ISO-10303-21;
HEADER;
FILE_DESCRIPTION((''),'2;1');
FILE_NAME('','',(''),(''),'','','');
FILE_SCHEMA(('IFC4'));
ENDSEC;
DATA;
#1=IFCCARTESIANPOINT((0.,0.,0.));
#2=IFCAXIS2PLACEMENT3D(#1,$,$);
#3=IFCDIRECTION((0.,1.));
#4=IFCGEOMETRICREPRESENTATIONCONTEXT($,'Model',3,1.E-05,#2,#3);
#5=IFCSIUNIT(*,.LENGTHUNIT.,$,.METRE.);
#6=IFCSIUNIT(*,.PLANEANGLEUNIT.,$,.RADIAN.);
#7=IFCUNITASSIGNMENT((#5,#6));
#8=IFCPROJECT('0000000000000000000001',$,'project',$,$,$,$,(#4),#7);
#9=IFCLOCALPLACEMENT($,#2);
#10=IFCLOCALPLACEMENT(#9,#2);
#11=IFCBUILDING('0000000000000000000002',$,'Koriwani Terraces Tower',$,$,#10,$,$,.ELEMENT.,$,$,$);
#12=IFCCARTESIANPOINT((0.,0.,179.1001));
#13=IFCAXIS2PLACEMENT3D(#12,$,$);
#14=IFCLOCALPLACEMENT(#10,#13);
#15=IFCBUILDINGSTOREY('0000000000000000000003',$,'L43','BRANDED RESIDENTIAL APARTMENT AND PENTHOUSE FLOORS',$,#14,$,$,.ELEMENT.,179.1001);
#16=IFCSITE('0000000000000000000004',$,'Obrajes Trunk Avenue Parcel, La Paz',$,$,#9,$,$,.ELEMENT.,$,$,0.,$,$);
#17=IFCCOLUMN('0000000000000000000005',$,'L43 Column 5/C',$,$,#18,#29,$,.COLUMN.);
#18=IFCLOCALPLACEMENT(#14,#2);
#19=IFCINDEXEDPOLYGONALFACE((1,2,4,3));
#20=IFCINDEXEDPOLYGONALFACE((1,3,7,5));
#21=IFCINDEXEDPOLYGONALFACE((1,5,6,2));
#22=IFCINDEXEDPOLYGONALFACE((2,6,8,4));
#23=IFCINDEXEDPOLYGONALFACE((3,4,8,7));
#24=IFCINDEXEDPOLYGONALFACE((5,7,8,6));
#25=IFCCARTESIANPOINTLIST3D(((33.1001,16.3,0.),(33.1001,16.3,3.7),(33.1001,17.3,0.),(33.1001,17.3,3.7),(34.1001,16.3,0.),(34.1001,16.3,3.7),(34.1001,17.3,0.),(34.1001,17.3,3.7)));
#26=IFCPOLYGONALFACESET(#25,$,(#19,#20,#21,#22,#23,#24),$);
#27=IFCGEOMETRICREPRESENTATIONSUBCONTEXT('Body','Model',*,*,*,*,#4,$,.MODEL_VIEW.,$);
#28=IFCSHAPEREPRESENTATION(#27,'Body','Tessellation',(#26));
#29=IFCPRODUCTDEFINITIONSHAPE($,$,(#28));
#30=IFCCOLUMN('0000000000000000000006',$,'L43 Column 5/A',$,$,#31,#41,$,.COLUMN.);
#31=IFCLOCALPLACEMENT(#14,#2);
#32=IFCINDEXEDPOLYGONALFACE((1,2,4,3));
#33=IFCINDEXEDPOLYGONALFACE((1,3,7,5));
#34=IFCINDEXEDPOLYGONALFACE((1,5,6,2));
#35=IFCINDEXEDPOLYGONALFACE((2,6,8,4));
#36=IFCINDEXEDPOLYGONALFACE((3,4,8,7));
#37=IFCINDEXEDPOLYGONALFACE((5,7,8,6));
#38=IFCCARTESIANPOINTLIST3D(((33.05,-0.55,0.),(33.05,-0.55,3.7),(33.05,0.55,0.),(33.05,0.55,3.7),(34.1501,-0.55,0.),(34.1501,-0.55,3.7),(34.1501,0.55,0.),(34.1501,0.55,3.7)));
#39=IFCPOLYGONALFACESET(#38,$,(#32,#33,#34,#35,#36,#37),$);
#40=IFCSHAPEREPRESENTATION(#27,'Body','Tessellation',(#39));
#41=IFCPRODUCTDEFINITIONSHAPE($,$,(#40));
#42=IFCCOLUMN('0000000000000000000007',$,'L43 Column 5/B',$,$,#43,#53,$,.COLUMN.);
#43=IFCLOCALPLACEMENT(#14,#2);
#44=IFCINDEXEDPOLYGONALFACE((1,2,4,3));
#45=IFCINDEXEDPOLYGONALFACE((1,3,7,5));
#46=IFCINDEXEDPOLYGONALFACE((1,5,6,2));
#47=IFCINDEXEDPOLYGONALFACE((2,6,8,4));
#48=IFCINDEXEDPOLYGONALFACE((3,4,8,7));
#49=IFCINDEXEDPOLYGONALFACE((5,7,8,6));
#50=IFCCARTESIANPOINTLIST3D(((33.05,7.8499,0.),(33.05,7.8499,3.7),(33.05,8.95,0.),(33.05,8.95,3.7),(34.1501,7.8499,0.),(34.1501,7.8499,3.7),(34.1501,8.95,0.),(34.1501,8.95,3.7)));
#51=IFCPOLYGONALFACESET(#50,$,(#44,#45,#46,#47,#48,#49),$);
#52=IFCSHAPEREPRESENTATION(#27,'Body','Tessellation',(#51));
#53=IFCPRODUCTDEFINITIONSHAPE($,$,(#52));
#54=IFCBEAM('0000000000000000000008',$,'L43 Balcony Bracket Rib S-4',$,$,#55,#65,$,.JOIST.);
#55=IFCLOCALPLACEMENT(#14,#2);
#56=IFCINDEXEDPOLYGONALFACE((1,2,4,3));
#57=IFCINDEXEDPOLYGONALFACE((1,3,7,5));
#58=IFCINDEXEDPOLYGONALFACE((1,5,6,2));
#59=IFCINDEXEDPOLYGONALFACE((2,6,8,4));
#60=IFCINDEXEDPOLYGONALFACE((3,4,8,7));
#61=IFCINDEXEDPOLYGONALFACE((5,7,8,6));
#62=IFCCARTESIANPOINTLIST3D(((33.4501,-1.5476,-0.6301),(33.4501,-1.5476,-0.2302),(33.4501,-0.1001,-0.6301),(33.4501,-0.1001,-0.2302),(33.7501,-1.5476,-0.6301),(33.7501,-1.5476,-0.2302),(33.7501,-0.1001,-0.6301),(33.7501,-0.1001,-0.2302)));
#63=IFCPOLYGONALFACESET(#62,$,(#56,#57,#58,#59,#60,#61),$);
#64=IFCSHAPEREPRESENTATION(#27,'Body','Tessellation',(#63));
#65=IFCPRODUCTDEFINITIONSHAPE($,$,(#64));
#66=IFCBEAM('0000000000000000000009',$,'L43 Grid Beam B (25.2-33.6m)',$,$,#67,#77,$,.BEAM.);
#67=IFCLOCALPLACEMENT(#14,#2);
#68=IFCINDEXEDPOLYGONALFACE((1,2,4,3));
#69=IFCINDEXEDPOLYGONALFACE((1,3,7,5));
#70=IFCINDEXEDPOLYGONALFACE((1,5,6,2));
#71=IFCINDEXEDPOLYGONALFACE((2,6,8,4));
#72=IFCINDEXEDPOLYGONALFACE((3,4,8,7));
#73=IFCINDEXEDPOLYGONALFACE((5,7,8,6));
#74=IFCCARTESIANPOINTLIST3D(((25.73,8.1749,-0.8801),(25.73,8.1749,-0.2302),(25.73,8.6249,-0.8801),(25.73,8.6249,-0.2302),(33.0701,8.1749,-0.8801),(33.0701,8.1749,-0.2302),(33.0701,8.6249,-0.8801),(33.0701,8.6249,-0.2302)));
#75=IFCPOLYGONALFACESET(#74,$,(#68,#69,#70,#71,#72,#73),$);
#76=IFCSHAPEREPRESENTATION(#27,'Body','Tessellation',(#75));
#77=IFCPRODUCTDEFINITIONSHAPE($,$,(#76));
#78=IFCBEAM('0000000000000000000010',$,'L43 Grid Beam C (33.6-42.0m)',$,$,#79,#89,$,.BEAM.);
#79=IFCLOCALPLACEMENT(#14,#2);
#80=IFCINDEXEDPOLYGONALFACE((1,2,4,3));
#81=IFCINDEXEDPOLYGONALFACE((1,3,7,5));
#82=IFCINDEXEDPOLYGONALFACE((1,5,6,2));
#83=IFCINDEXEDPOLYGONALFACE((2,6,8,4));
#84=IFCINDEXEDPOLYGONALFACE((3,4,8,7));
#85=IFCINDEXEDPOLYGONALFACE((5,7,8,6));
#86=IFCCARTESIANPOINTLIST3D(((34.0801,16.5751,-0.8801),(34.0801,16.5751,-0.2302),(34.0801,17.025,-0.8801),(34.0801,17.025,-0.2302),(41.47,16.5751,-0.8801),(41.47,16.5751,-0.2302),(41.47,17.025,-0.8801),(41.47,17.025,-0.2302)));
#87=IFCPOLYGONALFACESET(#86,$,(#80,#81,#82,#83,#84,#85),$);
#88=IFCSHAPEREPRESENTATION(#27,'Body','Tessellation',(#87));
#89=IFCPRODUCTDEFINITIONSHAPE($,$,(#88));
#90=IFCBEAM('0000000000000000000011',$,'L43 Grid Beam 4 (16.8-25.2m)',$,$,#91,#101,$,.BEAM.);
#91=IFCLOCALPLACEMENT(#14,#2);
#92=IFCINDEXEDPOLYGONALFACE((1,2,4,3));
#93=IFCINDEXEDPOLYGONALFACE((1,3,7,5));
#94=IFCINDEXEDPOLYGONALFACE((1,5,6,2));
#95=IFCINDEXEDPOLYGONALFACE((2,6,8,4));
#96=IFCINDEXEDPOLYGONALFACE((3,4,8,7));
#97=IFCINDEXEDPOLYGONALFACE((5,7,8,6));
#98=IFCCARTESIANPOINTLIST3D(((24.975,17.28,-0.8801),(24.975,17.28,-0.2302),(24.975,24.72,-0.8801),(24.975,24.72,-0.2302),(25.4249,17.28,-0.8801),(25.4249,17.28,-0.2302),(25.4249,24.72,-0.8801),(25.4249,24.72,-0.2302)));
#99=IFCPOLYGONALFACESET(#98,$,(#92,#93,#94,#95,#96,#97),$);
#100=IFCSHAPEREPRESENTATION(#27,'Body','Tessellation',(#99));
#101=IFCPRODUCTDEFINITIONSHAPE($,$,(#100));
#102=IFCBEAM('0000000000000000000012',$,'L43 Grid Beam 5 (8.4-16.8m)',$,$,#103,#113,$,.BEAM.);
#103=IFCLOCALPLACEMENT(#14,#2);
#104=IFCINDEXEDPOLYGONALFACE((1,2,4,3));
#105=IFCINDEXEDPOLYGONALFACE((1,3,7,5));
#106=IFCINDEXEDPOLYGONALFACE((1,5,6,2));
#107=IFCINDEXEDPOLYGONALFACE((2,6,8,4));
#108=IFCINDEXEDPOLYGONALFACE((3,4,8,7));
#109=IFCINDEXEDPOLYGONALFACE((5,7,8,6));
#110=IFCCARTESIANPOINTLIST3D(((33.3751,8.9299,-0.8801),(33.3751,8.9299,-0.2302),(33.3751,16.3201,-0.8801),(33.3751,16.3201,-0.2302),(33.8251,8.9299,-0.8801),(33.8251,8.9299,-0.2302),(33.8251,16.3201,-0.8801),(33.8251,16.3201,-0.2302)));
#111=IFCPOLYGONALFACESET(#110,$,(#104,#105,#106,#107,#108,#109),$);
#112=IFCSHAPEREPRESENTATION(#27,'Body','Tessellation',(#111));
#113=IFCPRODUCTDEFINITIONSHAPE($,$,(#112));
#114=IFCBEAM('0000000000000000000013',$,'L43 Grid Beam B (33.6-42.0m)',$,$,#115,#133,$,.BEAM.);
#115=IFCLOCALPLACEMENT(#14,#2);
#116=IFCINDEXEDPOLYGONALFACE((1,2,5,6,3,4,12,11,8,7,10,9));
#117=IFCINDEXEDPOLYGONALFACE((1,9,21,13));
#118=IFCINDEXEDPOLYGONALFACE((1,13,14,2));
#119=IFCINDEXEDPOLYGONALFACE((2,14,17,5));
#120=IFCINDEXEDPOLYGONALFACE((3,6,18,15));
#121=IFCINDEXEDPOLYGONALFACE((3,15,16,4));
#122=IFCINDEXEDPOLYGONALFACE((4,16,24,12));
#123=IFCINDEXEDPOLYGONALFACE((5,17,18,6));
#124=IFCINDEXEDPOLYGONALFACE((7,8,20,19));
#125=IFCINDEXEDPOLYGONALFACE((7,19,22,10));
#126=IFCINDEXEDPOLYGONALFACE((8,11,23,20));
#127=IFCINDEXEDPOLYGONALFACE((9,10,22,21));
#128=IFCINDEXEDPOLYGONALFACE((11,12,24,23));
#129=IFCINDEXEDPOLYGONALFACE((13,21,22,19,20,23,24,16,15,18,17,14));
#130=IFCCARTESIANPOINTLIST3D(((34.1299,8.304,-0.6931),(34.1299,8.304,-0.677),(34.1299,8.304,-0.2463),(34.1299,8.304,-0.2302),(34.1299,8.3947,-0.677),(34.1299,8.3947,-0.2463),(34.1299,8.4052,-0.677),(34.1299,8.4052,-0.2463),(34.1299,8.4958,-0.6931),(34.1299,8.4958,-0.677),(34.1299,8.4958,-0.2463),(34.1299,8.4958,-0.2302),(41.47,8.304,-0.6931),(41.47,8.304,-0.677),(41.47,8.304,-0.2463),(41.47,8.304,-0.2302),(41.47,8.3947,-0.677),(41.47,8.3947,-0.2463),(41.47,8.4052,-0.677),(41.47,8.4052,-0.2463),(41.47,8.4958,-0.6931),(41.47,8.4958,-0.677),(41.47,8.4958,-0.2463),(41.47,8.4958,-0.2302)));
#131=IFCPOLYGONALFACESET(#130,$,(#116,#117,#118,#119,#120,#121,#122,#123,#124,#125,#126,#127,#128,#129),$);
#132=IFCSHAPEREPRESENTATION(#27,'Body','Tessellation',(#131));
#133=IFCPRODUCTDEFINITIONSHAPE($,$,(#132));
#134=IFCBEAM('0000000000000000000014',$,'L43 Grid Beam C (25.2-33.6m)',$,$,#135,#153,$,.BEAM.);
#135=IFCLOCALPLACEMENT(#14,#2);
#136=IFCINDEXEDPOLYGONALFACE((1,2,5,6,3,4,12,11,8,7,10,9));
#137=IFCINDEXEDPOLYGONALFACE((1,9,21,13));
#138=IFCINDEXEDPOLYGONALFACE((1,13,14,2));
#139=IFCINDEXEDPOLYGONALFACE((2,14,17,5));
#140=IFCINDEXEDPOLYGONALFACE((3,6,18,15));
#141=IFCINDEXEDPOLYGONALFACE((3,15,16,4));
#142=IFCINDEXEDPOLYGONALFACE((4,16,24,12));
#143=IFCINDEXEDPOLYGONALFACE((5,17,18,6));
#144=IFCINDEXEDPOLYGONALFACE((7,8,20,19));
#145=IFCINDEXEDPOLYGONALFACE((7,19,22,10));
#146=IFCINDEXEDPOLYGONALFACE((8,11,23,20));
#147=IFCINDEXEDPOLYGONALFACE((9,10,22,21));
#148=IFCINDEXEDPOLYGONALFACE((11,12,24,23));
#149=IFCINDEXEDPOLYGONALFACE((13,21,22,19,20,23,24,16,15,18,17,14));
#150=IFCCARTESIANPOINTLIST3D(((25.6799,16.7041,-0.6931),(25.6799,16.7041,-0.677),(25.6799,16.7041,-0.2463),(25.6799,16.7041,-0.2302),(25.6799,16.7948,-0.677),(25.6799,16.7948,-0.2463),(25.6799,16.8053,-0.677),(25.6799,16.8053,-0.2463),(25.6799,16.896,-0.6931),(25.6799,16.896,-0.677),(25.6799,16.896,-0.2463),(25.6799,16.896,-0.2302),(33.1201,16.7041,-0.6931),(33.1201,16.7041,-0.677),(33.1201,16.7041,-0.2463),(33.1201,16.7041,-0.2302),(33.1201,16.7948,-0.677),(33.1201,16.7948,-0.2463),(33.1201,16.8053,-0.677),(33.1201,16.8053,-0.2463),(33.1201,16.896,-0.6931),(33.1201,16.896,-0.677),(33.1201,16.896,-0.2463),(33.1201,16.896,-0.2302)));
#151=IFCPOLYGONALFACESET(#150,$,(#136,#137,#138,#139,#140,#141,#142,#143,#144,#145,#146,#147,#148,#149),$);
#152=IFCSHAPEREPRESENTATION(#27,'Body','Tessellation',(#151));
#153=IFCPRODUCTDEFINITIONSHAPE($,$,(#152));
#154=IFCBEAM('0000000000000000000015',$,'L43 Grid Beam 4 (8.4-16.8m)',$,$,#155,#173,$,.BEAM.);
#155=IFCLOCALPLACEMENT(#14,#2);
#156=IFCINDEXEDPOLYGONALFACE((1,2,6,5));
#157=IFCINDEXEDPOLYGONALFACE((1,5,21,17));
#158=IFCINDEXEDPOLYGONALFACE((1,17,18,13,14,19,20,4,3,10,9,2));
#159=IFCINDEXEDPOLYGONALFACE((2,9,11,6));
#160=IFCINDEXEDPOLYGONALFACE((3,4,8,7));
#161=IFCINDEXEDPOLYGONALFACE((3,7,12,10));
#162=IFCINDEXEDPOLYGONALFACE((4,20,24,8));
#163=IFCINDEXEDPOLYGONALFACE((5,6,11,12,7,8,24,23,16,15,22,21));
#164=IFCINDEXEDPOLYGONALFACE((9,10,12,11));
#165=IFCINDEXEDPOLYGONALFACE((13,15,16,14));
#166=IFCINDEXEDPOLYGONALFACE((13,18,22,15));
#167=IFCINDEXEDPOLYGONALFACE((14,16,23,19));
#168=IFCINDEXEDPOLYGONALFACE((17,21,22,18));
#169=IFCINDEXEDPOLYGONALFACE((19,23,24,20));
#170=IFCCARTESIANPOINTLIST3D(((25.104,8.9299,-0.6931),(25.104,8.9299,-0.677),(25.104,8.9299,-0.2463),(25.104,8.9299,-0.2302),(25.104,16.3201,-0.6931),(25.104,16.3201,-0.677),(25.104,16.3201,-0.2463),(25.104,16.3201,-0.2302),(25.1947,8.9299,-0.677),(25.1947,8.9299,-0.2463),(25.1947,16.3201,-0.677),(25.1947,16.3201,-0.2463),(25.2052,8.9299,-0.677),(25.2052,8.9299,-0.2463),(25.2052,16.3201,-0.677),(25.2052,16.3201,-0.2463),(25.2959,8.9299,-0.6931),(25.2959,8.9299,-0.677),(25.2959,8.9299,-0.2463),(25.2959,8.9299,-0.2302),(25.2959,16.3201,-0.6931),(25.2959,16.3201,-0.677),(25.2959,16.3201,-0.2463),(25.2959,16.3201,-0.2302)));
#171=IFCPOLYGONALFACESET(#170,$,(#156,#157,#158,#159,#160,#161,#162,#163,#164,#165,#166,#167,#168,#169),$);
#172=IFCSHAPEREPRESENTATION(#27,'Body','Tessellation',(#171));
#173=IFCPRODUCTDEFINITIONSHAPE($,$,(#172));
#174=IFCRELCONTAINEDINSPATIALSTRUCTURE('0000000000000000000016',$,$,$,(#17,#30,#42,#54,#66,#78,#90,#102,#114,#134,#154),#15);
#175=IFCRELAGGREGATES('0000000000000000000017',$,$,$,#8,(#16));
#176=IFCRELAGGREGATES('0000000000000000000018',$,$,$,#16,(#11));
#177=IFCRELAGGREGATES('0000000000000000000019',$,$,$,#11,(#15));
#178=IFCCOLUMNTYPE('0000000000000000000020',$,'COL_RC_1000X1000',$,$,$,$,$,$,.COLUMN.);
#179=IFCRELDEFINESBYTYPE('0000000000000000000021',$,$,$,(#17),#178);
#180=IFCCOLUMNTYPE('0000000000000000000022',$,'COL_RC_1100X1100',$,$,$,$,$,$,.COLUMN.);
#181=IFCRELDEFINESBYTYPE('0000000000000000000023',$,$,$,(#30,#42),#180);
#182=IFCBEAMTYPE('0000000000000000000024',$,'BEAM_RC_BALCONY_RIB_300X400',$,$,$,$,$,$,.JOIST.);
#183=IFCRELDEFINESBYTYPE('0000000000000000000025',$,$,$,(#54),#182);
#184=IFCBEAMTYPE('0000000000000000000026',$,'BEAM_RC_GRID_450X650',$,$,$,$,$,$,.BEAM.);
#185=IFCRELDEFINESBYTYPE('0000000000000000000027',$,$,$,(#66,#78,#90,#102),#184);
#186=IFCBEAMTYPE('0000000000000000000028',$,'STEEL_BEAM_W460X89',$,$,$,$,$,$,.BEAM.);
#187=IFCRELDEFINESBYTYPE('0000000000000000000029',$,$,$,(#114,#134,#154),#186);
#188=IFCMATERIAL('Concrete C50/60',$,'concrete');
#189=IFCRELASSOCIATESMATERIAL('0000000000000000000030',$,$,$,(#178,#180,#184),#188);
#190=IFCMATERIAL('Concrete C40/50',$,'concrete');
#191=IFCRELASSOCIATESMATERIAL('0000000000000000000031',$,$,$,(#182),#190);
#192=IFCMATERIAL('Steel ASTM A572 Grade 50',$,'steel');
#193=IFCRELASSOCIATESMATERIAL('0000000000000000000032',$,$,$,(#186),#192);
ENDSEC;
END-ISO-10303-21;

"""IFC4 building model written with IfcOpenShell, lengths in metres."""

from ifc_helpers import new_model, si_unit, direction, frame, origin, origin_2d, place, context, subcontext, project, spatial, rectangle, i_section, extrude, material, material_profile, profile_set, type_object, element, save


model = new_model("IFC4")

# Units and contexts
model_context = context("Model", 3, precision=1e-05, world=origin(), true_north=direction((0.0, 1.0)))
body_context = subcontext(model_context, "Body", "Model", "MODEL_VIEW")
ifc_project = project(units=[si_unit("LENGTHUNIT", "METRE"), si_unit("PLANEANGLEUNIT", "RADIAN")], contexts=[model_context])

# Site, building, storey
site_placement = place(None, origin())
site = spatial("IfcSite", under=ifc_project, at=site_placement, Name="Obrajes Trunk Avenue Parcel, La Paz", CompositionType="ELEMENT", RefElevation=0.0)
building_placement = place(site_placement, origin())
building = spatial("IfcBuilding", under=site, at=building_placement, Name="Koriwani Terraces Tower", CompositionType="ELEMENT")
storey_placement = place(building_placement, frame((0.0, 0.0, 179.1001)))
storey = spatial("IfcBuildingStorey", under=building, at=storey_placement, Name="L43", Description="BRANDED RESIDENTIAL APARTMENT AND PENTHOUSE FLOORS", CompositionType="ELEMENT", Elevation=179.1001)

# Columns
ifc_material_1 = material(Name="Concrete C50/60", Category="concrete")
ifc_material_profile_1 = material_profile(ifc_material_1, rectangle(XDim=1.0, YDim=1.0, at=origin_2d()), Name="Concrete C50/60", Category="LoadBearing")
ifc_profile_set_1 = profile_set([ifc_material_profile_1], Name="Concrete C50/60")
column_type_1 = type_object("IfcColumnType", Name="COL_RC_1000X1000", PredefinedType="COLUMN", material=ifc_profile_set_1)
column_placement = place(storey_placement, frame((33.6001, 16.8, 0.0), z_axis=(0.0, 0.0, 1.0), x_axis=(1.0, 0.0, 0.0)))
element("IfcColumn", 1, at=column_placement, inside=storey, type_object=column_type_1, Name="L43 Column 5/C", PredefinedType="COLUMN", context=body_context, shape_type="SweptSolid", body=[
    extrude(rectangle(XDim=1.0, YDim=1.0, at=origin_2d()), origin(), (0.0, 0.0, 1.0), 3.7),
])
ifc_material_profile_2 = material_profile(ifc_material_1, rectangle(XDim=1.1001, YDim=1.1001, at=origin_2d()), Name="Concrete C50/60", Category="LoadBearing")
ifc_profile_set_2 = profile_set([ifc_material_profile_2], Name="Concrete C50/60")
column_type_2 = type_object("IfcColumnType", Name="COL_RC_1100X1100", PredefinedType="COLUMN", material=ifc_profile_set_2)
for number, where, z_axis, x_axis, name in (
    (2, (33.6001, 0.0, 0.0), (0.0, 0.0, 1.0), (1.0, 0.0, 0.0), "L43 Column 5/A"),
    (3, (33.6001, 8.3999, 0.0), (0.0, 0.0, 1.0), (1.0, 0.0, 0.0), "L43 Column 5/B"),
):
    element("IfcColumn", number, at=place(storey_placement, frame(where, z_axis=z_axis, x_axis=x_axis)), inside=storey, type_object=column_type_2, Name=name, PredefinedType="COLUMN", context=body_context, shape_type="SweptSolid", body=[
        extrude(rectangle(XDim=1.1001, YDim=1.1001, at=origin_2d()), origin(), (0.0, 0.0, 1.0), 3.7),
    ])

# Beams
ifc_material_2 = material(Name="Concrete C40/50", Category="concrete")
ifc_material_profile_3 = material_profile(ifc_material_2, rectangle(XDim=0.3, YDim=0.3999, at=origin_2d()), Name="Concrete C40/50", Category="LoadBearing")
ifc_profile_set_3 = profile_set([ifc_material_profile_3], Name="Concrete C40/50")
beam_type_1 = type_object("IfcBeamType", Name="BEAM_RC_BALCONY_RIB_300X400", PredefinedType="JOIST", material=ifc_profile_set_3)
beam_1_placement = place(storey_placement, frame((33.6001, -1.5476, -0.4302), z_axis=(0.0, 1.0, 0.0), x_axis=(-1.0, 0.0, 0.0)))
element("IfcBeam", 4, at=beam_1_placement, inside=storey, type_object=beam_type_1, Name="L43 Balcony Bracket Rib S-4", PredefinedType="JOIST", context=body_context, shape_type="SweptSolid", body=[
    extrude(rectangle(XDim=0.3, YDim=0.3999, at=origin_2d()), origin(), (0.0, 0.0, 1.0), 1.4475),
])
ifc_material_profile_4 = material_profile(ifc_material_1, rectangle(XDim=0.45, YDim=0.6499, at=origin_2d()), Name="Concrete C50/60", Category="LoadBearing")
ifc_profile_set_4 = profile_set([ifc_material_profile_4], Name="Concrete C50/60")
beam_type_2 = type_object("IfcBeamType", Name="BEAM_RC_GRID_450X650", PredefinedType="BEAM", material=ifc_profile_set_4)
beam_2_placement = place(storey_placement, frame((25.73, 8.3999, -0.5552), z_axis=(1.0, 0.0, 0.0), x_axis=(0.0, 1.0, 0.0)))
element("IfcBeam", 5, at=beam_2_placement, inside=storey, type_object=beam_type_2, Name="L43 Grid Beam B (25.2-33.6m)", PredefinedType="BEAM", context=body_context, shape_type="SweptSolid", body=[
    extrude(rectangle(XDim=0.45, YDim=0.6499, at=origin_2d()), origin(), (0.0, 0.0, 1.0), 7.3401),
])
beam_3_placement = place(storey_placement, frame((34.0801, 16.8, -0.5552), z_axis=(1.0, 0.0, 0.0), x_axis=(0.0, 1.0, 0.0)))
element("IfcBeam", 6, at=beam_3_placement, inside=storey, type_object=beam_type_2, Name="L43 Grid Beam C (33.6-42.0m)", PredefinedType="BEAM", context=body_context, shape_type="SweptSolid", body=[
    extrude(rectangle(XDim=0.45, YDim=0.6499, at=origin_2d()), origin(), (0.0, 0.0, 1.0), 7.3899),
])
beam_4_placement = place(storey_placement, frame((25.2, 17.28, -0.5552), z_axis=(0.0, 1.0, 0.0), x_axis=(-1.0, 0.0, 0.0)))
element("IfcBeam", 7, at=beam_4_placement, inside=storey, type_object=beam_type_2, Name="L43 Grid Beam 4 (16.8-25.2m)", PredefinedType="BEAM", context=body_context, shape_type="SweptSolid", body=[
    extrude(rectangle(XDim=0.45, YDim=0.6499, at=origin_2d()), origin(), (0.0, 0.0, 1.0), 7.4399),
])
beam_5_placement = place(storey_placement, frame((33.6001, 8.9299, -0.5552), z_axis=(0.0, 1.0, 0.0), x_axis=(-1.0, 0.0, 0.0)))
element("IfcBeam", 8, at=beam_5_placement, inside=storey, type_object=beam_type_2, Name="L43 Grid Beam 5 (8.4-16.8m)", PredefinedType="BEAM", context=body_context, shape_type="SweptSolid", body=[
    extrude(rectangle(XDim=0.45, YDim=0.6499, at=origin_2d()), origin(), (0.0, 0.0, 1.0), 7.3901),
])
ifc_material_3 = material(Name="Steel ASTM A572 Grade 50", Category="steel")
ifc_material_profile_5 = material_profile(ifc_material_3, i_section(OverallWidth=0.1919, OverallDepth=0.4629, WebThickness=0.0105, FlangeThickness=0.0161, at=origin_2d()), Name="Steel ASTM A572 Grade 50", Category="LoadBearing")
ifc_profile_set_5 = profile_set([ifc_material_profile_5], Name="Steel ASTM A572 Grade 50")
beam_type_3 = type_object("IfcBeamType", Name="STEEL_BEAM_W460X89", PredefinedType="BEAM", material=ifc_profile_set_5)
beam_6_placement = place(storey_placement, frame((34.1299, 8.3999, -0.4617), z_axis=(1.0, 0.0, 0.0), x_axis=(0.0, 1.0, 0.0)))
element("IfcBeam", 9, at=beam_6_placement, inside=storey, type_object=beam_type_3, Name="L43 Grid Beam B (33.6-42.0m)", PredefinedType="BEAM", context=body_context, shape_type="SweptSolid", body=[
    extrude(i_section(OverallWidth=0.1919, OverallDepth=0.4629, WebThickness=0.0105, FlangeThickness=0.0161, at=origin_2d()), origin(), (0.0, 0.0, 1.0), 7.3401),
])
beam_7_placement = place(storey_placement, frame((25.6799, 16.8, -0.4617), z_axis=(1.0, 0.0, 0.0), x_axis=(0.0, 1.0, 0.0)))
element("IfcBeam", 10, at=beam_7_placement, inside=storey, type_object=beam_type_3, Name="L43 Grid Beam C (25.2-33.6m)", PredefinedType="BEAM", context=body_context, shape_type="SweptSolid", body=[
    extrude(i_section(OverallWidth=0.1919, OverallDepth=0.4629, WebThickness=0.0105, FlangeThickness=0.0161, at=origin_2d()), origin(), (0.0, 0.0, 1.0), 7.4402),
])
beam_8_placement = place(storey_placement, frame((25.2, 8.9299, -0.4617), z_axis=(0.0, 1.0, 0.0), x_axis=(-1.0, 0.0, 0.0)))
element("IfcBeam", 11, at=beam_8_placement, inside=storey, type_object=beam_type_3, Name="L43 Grid Beam 4 (8.4-16.8m)", PredefinedType="BEAM", context=body_context, shape_type="SweptSolid", body=[
    extrude(i_section(OverallWidth=0.1919, OverallDepth=0.4629, WebThickness=0.0105, FlangeThickness=0.0161, at=origin_2d()), origin(), (0.0, 0.0, 1.0), 7.3901),
])

save(model, "model.ifc")
